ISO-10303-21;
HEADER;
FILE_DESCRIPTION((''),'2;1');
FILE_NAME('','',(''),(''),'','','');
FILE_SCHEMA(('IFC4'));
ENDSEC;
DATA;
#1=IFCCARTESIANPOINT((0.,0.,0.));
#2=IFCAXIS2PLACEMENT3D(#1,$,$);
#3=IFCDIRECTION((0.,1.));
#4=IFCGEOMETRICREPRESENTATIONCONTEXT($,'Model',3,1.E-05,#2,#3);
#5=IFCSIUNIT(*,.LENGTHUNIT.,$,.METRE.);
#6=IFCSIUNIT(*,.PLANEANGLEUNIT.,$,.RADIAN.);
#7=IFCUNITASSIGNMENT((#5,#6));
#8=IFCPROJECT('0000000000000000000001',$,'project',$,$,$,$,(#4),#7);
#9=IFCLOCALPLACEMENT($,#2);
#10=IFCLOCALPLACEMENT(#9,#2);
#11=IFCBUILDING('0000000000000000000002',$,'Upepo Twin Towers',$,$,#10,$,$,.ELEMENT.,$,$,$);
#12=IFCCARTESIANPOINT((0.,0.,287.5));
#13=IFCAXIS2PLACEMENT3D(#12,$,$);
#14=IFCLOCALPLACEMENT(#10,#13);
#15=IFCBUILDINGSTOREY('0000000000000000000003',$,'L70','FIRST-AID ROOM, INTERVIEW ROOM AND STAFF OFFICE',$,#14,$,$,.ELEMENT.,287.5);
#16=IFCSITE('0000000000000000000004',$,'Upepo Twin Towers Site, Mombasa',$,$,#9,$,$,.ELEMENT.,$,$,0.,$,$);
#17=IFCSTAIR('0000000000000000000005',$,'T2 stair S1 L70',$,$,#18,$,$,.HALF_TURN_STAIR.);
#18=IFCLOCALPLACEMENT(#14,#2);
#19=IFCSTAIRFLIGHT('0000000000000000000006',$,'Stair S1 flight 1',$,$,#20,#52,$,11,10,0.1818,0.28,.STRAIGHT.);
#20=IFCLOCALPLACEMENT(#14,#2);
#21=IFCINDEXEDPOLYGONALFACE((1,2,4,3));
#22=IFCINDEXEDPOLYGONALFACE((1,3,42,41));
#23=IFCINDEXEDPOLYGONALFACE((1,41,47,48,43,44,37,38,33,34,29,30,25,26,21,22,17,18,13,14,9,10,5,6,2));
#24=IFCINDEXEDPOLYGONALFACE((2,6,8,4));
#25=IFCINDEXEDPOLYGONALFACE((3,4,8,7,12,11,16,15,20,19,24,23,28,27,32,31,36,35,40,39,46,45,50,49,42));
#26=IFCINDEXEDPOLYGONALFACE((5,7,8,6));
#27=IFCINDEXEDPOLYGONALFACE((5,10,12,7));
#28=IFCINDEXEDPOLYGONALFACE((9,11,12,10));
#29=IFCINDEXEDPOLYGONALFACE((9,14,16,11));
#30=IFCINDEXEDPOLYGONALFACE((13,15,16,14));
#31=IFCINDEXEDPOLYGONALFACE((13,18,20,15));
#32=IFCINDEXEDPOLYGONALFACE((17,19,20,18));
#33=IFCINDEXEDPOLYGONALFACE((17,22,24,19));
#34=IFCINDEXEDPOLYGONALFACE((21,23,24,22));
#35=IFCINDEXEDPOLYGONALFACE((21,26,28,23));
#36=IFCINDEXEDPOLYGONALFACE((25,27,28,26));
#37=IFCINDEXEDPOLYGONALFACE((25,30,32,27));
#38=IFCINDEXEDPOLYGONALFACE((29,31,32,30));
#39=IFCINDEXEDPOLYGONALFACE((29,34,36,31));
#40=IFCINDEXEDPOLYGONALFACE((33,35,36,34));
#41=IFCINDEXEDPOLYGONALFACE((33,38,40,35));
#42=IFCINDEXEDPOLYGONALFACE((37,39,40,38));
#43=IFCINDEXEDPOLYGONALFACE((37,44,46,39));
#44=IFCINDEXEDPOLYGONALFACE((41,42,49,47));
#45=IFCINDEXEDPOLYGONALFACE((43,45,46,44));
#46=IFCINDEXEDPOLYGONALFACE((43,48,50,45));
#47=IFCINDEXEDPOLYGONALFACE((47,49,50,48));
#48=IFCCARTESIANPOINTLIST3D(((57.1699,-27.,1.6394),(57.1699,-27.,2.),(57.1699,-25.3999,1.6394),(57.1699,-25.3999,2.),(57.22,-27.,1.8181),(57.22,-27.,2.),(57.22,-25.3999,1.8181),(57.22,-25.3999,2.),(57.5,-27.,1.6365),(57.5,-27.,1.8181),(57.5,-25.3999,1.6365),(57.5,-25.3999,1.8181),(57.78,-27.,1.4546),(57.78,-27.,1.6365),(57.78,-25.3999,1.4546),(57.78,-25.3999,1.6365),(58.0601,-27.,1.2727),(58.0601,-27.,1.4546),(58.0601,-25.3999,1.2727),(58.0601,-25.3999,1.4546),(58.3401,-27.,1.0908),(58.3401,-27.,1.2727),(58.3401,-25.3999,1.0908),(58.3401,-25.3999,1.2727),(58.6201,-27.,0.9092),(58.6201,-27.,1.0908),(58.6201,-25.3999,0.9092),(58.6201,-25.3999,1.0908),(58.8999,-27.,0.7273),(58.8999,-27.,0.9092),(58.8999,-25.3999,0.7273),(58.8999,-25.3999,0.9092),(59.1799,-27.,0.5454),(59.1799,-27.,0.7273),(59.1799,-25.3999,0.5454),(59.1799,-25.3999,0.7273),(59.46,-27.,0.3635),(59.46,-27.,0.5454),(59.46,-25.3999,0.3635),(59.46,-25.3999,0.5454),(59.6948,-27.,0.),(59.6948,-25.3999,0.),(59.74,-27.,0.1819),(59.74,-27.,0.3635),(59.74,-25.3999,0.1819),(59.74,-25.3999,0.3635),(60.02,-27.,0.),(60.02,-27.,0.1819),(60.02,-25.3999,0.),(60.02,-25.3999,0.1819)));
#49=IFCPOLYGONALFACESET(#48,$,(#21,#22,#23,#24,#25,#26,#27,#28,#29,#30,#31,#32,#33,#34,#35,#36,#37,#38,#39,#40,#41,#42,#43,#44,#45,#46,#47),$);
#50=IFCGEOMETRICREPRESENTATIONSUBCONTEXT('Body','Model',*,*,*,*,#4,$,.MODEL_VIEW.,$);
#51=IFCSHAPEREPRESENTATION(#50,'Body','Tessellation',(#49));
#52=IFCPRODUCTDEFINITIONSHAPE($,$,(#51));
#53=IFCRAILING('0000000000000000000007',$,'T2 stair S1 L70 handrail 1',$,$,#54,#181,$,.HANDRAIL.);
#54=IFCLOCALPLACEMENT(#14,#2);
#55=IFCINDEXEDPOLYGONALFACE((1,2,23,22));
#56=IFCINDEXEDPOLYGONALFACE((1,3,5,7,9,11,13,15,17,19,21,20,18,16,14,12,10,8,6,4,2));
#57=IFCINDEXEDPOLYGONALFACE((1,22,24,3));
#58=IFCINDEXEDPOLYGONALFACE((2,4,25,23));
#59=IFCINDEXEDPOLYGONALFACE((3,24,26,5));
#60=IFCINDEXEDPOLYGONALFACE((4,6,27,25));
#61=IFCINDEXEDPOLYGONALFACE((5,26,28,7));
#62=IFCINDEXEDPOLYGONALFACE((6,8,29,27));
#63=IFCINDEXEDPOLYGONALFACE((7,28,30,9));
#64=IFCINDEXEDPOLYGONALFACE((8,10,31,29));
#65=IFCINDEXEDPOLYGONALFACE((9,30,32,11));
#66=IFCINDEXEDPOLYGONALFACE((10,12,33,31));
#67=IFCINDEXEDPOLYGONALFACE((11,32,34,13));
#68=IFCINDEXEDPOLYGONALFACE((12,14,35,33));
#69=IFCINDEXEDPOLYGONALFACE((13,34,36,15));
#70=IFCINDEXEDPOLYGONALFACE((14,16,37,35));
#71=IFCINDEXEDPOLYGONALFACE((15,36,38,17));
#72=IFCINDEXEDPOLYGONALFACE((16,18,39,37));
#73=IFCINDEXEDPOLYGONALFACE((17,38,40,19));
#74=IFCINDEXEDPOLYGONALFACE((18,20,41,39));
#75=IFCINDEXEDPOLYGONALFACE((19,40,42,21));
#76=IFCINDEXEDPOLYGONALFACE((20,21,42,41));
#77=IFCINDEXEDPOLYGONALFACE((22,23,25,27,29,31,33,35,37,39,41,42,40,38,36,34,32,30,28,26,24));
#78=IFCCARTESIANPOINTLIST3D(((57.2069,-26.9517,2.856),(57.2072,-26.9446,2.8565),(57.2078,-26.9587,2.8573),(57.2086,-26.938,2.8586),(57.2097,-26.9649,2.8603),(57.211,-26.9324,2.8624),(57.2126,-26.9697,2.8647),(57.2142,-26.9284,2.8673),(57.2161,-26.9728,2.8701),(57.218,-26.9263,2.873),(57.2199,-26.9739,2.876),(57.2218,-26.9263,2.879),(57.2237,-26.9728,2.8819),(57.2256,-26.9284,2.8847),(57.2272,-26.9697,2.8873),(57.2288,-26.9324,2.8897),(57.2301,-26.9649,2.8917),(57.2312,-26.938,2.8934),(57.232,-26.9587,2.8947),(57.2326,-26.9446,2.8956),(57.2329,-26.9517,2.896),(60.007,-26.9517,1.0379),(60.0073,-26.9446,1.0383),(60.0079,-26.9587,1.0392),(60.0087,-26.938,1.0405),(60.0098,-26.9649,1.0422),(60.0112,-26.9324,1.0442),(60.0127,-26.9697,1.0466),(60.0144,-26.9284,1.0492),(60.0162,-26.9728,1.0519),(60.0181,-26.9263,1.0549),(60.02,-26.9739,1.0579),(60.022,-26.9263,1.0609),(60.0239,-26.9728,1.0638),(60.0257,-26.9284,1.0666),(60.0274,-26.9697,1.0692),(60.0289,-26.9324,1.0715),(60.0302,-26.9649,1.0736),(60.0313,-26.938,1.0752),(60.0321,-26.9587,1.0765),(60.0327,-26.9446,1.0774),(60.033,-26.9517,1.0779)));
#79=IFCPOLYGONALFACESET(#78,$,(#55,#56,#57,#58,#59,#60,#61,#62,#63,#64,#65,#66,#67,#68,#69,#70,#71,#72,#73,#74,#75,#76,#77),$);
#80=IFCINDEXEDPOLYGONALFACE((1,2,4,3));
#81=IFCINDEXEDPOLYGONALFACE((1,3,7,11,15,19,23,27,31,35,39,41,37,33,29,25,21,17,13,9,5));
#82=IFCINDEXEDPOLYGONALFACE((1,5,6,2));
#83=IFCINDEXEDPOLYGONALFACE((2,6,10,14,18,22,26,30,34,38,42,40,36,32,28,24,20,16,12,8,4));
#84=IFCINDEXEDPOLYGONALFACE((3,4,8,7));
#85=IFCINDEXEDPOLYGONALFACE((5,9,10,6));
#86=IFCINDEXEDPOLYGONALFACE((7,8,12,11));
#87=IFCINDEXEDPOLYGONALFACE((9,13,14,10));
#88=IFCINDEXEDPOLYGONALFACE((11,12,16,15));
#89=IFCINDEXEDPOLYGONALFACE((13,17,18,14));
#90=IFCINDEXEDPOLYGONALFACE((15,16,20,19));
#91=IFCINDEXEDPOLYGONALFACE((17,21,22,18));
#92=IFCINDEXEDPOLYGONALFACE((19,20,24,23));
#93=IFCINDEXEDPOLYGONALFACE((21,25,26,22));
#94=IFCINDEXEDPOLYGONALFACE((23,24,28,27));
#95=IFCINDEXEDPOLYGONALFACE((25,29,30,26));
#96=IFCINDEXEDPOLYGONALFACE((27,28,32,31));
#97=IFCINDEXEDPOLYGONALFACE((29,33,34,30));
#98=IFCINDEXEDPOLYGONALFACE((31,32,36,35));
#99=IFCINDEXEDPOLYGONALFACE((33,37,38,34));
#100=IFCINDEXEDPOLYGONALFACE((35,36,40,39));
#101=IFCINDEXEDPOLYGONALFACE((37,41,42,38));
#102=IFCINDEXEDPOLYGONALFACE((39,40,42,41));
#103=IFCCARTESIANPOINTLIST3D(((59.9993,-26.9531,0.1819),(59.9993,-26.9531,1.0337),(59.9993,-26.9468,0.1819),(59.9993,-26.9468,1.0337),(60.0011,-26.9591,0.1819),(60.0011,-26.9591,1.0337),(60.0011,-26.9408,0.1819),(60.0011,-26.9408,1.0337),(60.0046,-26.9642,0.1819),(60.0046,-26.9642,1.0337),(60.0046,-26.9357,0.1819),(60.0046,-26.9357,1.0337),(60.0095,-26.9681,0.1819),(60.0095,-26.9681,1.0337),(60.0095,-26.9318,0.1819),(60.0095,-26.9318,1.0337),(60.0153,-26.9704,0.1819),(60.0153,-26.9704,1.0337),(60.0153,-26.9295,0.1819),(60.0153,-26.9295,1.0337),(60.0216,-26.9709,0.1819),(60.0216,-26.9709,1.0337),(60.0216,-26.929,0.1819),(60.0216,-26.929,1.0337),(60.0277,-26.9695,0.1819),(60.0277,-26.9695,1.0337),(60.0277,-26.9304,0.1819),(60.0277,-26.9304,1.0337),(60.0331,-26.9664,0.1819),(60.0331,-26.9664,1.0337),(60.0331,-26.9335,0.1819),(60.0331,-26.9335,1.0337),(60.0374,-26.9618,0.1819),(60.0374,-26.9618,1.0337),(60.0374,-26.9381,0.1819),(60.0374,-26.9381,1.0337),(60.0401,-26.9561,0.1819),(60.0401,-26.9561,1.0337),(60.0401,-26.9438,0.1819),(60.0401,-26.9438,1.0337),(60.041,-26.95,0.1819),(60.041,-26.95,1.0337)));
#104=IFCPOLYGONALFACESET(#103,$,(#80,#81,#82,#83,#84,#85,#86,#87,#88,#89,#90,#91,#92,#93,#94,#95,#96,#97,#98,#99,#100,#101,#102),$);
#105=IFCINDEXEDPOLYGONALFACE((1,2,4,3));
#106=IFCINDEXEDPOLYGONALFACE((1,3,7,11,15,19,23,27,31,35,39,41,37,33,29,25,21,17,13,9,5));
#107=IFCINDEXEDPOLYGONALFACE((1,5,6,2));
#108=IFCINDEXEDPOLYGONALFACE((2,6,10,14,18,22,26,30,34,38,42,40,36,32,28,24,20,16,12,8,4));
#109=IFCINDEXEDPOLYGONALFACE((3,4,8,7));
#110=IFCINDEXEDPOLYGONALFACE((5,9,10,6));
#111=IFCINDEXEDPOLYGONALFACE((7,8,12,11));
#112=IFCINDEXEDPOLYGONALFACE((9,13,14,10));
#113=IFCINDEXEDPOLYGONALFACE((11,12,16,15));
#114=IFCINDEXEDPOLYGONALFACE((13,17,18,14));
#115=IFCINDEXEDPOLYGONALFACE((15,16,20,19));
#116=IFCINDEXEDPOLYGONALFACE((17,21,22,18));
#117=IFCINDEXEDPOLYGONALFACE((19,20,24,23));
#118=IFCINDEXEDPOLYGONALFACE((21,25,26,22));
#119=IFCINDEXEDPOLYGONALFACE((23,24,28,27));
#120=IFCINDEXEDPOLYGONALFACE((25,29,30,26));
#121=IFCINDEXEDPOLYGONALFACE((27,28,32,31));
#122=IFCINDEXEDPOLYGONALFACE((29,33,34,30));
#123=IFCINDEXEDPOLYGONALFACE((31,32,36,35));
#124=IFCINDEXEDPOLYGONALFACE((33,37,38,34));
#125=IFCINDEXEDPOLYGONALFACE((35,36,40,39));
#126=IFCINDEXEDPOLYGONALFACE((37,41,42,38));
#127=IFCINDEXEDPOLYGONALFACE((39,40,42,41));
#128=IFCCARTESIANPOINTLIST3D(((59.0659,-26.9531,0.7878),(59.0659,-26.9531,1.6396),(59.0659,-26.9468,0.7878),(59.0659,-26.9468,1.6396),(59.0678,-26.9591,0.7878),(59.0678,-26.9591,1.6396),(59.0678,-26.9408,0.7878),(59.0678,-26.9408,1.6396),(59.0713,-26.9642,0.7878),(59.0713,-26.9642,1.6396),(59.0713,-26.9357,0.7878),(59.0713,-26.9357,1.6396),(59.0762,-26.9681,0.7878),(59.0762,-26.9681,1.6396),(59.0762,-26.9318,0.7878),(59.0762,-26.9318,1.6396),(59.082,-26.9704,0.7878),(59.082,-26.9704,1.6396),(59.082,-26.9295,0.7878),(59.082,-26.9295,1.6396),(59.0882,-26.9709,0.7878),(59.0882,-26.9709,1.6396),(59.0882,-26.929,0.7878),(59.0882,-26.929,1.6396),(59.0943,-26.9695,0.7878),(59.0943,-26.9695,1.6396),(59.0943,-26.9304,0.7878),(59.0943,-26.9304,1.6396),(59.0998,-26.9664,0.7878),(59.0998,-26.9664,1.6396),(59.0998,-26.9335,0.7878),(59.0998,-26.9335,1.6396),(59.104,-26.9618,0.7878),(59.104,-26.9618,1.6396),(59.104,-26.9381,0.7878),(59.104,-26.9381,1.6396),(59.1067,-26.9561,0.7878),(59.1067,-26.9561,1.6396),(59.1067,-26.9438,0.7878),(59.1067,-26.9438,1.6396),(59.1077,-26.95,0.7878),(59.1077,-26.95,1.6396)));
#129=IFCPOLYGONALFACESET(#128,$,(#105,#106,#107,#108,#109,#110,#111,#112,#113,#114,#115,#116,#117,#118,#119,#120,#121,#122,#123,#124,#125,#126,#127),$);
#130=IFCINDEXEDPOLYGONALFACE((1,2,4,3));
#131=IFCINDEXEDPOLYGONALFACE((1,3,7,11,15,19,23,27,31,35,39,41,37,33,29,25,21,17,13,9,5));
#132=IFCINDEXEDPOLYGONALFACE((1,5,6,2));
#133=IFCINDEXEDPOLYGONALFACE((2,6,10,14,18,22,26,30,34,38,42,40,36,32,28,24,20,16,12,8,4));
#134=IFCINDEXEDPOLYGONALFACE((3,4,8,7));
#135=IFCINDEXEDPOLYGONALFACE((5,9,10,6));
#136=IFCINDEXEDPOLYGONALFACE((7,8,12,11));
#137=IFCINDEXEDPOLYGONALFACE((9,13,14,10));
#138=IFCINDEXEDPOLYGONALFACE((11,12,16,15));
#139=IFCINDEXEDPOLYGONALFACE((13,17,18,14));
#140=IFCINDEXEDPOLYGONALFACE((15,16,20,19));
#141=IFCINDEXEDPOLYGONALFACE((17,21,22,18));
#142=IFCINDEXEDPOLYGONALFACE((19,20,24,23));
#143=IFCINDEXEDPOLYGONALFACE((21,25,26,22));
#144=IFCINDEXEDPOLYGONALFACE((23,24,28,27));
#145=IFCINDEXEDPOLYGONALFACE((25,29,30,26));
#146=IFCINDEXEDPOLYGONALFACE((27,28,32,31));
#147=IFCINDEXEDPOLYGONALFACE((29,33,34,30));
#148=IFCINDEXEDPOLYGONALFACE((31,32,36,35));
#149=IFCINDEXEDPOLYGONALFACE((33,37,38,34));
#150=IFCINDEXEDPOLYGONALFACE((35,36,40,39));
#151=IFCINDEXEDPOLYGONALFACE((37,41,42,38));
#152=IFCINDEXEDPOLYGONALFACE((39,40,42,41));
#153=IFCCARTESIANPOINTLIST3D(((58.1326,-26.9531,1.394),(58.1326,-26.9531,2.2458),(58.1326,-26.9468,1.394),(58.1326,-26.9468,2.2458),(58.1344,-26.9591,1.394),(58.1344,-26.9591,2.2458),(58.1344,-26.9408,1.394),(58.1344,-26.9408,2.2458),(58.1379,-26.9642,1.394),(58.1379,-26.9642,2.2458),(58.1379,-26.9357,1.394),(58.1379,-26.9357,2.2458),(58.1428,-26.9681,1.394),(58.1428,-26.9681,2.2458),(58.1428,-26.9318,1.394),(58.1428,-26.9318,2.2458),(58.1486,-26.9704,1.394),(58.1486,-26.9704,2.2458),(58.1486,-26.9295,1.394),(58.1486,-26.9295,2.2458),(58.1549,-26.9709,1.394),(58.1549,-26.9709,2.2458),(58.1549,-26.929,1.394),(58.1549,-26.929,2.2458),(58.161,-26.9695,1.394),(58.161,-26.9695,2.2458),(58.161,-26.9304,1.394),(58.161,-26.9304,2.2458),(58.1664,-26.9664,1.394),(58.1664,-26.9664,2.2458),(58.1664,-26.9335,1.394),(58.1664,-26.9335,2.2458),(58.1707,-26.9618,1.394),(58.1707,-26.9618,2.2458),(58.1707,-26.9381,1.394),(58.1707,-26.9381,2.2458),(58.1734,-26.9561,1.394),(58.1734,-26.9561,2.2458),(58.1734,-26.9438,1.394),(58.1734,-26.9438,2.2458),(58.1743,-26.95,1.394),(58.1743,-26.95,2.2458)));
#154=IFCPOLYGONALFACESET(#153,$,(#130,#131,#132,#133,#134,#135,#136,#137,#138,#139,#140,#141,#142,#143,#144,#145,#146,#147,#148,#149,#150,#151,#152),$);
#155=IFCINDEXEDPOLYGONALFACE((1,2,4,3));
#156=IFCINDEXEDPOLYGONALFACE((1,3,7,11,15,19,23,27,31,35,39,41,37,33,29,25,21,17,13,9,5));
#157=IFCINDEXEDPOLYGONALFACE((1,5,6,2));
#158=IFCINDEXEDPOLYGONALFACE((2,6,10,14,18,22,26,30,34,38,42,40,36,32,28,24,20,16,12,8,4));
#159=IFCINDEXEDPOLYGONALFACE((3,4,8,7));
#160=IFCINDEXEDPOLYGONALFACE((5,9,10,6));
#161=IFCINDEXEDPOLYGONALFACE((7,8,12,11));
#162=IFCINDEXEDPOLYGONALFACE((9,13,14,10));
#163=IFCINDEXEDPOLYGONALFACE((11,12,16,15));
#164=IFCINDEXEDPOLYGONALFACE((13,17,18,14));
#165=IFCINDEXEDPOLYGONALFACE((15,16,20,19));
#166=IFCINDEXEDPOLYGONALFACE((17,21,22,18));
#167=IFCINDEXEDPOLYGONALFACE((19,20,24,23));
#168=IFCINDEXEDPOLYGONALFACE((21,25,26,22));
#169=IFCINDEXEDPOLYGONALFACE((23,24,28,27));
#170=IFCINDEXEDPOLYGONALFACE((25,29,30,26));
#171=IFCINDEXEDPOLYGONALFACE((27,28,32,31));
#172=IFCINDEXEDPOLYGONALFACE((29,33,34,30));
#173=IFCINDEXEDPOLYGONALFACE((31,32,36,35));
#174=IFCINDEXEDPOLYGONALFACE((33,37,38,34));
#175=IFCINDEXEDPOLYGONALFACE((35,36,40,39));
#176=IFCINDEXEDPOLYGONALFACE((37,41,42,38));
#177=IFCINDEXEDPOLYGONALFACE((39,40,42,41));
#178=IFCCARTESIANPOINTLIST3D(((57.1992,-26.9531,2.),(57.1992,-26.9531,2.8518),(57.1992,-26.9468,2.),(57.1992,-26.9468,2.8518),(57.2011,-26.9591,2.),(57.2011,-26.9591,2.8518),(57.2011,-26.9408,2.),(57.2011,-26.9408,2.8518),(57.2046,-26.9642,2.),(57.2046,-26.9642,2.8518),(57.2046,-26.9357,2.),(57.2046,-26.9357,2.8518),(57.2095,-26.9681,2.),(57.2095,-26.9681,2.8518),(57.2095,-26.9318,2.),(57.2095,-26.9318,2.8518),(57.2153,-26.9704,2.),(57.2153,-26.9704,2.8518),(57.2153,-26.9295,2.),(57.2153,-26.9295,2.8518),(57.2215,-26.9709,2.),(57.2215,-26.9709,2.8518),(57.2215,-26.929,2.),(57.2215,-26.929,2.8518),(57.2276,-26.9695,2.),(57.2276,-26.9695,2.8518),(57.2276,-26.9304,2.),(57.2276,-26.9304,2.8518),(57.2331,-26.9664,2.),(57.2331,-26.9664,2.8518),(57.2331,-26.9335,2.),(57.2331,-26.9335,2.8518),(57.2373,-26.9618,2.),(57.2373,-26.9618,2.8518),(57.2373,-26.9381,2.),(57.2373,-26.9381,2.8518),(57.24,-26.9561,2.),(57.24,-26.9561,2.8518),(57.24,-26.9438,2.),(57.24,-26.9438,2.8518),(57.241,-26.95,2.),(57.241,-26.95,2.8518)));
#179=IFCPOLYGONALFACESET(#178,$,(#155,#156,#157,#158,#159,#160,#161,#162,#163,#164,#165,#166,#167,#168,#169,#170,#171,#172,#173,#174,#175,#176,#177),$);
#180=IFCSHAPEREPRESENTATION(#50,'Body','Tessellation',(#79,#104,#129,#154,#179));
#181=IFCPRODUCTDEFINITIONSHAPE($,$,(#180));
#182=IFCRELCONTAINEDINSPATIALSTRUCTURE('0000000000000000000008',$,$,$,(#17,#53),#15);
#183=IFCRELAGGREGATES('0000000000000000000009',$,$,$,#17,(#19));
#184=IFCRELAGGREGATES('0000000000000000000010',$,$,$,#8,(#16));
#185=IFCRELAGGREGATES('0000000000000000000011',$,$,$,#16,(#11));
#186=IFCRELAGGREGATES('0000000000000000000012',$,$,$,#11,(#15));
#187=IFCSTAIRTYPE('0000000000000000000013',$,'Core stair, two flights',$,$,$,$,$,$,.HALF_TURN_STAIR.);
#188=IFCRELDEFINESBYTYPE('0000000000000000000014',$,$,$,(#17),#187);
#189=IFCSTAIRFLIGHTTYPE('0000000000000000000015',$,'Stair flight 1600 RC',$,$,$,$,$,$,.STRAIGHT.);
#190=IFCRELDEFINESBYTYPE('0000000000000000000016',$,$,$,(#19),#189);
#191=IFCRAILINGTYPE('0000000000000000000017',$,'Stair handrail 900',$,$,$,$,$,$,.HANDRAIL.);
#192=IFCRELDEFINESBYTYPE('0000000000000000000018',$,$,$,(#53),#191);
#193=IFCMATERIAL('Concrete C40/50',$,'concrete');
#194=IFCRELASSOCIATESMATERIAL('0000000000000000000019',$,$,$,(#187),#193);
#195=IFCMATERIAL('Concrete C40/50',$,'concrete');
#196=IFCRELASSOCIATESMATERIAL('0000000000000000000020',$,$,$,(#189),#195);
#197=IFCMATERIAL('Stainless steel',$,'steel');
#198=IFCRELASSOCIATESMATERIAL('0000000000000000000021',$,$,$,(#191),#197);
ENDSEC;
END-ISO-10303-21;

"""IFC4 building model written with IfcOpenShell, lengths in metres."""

from ifc_helpers import new_model, si_unit, direction, frame, origin, origin_2d, place, context, subcontext, project, spatial, polyline, circle, outline, extrude, material, type_object, element, aggregate, save


model = new_model("IFC4")

# Units and contexts
model_context = context("Model", 3, precision=1e-05, world=origin(), true_north=direction((0.0, 1.0)))
body_context = subcontext(model_context, "Body", "Model", "MODEL_VIEW")
ifc_project = project(units=[si_unit("LENGTHUNIT", "METRE"), si_unit("PLANEANGLEUNIT", "RADIAN")], contexts=[model_context])

# Site, building, storey
site_placement = place(None, origin())
site = spatial("IfcSite", under=ifc_project, at=site_placement, Name="Upepo Twin Towers Site, Mombasa", CompositionType="ELEMENT", RefElevation=0.0)
building_placement = place(site_placement, origin())
building = spatial("IfcBuilding", under=site, at=building_placement, Name="Upepo Twin Towers", CompositionType="ELEMENT")
storey_placement = place(building_placement, frame((0.0, 0.0, 287.5)))
storey = spatial("IfcBuildingStorey", under=building, at=storey_placement, Name="L70", Description="FIRST-AID ROOM, INTERVIEW ROOM AND STAFF OFFICE", CompositionType="ELEMENT", Elevation=287.5)

# Stair, stair flight
ifc_material_1 = material(Name="Concrete C40/50", Category="concrete")
stair_type = type_object("IfcStairType", Name="Core stair, two flights", PredefinedType="HALF_TURN_STAIR", material=ifc_material_1)
stair_placement = place(storey_placement, origin())
stair = element("IfcStair", 1, at=stair_placement, inside=storey, type_object=stair_type, Name="T2 stair S1 L70", PredefinedType="HALF_TURN_STAIR")
ifc_material_2 = material(Name="Concrete C40/50", Category="concrete")
stair_flight_type = type_object("IfcStairFlightType", Name="Stair flight 1600 RC", PredefinedType="STRAIGHT", material=ifc_material_2)
stair_flight_placement = place(storey_placement, frame((60.02, -26.2, 0.0), z_axis=(0.0, 0.0, 1.0), x_axis=(-1.0, 0.0, 0.0)))
stair_flight = element("IfcStairFlight", 2, at=stair_flight_placement, type_object=stair_flight_type, Name="Stair S1 flight 1", NumberOfRisers=11, NumberOfTreads=10, PredefinedType="STRAIGHT", RiserHeight=0.1818, TreadLength=0.28, context=body_context, shape_type="SweptSolid", body=[
    extrude(outline(polyline([(0.0, 0.0), (0.0, 0.1819), (0.28, 0.1819), (0.28, 0.3635), (0.5601, 0.3635), (0.5601, 0.5454), (0.8401, 0.5454), (0.8401, 0.7273), (1.1201, 0.7273), (1.1201, 0.9092), (1.3999, 0.9092), (1.3999, 1.0908), (1.6799, 1.0908), (1.6799, 1.2727), (1.96, 1.2727), (1.96, 1.4546), (2.24, 1.4546), (2.24, 1.6365), (2.52, 1.6365), (2.52, 1.8181), (2.8, 1.8181), (2.8, 2.0), (2.8501, 2.0), (2.8501, 1.6394), (0.3252, 0.0), (0.0, 0.0)])), frame((0.0, 0.8, 0.0), z_axis=(0.0, -1.0, 0.0), x_axis=(1.0, 0.0, 0.0)), (0.0, 0.0, 1.0), 1.6001),
])
aggregate(stair, [stair_flight])

# Railing
ifc_material_3 = material(Name="Stainless steel", Category="steel")
railing_type = type_object("IfcRailingType", Name="Stair handrail 900", PredefinedType="HANDRAIL", material=ifc_material_3)
railing_placement = place(storey_placement, frame((60.02, -26.95, 0.1819)))
element("IfcRailing", 3, at=railing_placement, inside=storey, type_object=railing_type, Name="T2 stair S1 L70 handrail 1", PredefinedType="HANDRAIL", context=body_context, shape_type="SweptSolid", body=[
    extrude(circle(Radius=0.0239, at=origin_2d()), frame((0.0, 0.0, 0.876), z_axis=(-0.838706, 0.0, 0.544585), x_axis=(0.0, -1.0, 0.0)), (0.0, 0.0, 1.0), 3.3386),
    extrude(circle(Radius=0.021, at=origin_2d()), origin(), (0.0, 0.0, 1.0), 0.8518),
    extrude(circle(Radius=0.021, at=origin_2d()), frame((-0.9333, 0.0, 0.606)), (0.0, 0.0, 1.0), 0.8518),
    extrude(circle(Radius=0.021, at=origin_2d()), frame((-1.8667, 0.0, 1.2122)), (0.0, 0.0, 1.0), 0.8518),
    extrude(circle(Radius=0.021, at=origin_2d()), frame((-2.8, 0.0, 1.8181)), (0.0, 0.0, 1.0), 0.8518),
])

save(model, "model.ifc")
